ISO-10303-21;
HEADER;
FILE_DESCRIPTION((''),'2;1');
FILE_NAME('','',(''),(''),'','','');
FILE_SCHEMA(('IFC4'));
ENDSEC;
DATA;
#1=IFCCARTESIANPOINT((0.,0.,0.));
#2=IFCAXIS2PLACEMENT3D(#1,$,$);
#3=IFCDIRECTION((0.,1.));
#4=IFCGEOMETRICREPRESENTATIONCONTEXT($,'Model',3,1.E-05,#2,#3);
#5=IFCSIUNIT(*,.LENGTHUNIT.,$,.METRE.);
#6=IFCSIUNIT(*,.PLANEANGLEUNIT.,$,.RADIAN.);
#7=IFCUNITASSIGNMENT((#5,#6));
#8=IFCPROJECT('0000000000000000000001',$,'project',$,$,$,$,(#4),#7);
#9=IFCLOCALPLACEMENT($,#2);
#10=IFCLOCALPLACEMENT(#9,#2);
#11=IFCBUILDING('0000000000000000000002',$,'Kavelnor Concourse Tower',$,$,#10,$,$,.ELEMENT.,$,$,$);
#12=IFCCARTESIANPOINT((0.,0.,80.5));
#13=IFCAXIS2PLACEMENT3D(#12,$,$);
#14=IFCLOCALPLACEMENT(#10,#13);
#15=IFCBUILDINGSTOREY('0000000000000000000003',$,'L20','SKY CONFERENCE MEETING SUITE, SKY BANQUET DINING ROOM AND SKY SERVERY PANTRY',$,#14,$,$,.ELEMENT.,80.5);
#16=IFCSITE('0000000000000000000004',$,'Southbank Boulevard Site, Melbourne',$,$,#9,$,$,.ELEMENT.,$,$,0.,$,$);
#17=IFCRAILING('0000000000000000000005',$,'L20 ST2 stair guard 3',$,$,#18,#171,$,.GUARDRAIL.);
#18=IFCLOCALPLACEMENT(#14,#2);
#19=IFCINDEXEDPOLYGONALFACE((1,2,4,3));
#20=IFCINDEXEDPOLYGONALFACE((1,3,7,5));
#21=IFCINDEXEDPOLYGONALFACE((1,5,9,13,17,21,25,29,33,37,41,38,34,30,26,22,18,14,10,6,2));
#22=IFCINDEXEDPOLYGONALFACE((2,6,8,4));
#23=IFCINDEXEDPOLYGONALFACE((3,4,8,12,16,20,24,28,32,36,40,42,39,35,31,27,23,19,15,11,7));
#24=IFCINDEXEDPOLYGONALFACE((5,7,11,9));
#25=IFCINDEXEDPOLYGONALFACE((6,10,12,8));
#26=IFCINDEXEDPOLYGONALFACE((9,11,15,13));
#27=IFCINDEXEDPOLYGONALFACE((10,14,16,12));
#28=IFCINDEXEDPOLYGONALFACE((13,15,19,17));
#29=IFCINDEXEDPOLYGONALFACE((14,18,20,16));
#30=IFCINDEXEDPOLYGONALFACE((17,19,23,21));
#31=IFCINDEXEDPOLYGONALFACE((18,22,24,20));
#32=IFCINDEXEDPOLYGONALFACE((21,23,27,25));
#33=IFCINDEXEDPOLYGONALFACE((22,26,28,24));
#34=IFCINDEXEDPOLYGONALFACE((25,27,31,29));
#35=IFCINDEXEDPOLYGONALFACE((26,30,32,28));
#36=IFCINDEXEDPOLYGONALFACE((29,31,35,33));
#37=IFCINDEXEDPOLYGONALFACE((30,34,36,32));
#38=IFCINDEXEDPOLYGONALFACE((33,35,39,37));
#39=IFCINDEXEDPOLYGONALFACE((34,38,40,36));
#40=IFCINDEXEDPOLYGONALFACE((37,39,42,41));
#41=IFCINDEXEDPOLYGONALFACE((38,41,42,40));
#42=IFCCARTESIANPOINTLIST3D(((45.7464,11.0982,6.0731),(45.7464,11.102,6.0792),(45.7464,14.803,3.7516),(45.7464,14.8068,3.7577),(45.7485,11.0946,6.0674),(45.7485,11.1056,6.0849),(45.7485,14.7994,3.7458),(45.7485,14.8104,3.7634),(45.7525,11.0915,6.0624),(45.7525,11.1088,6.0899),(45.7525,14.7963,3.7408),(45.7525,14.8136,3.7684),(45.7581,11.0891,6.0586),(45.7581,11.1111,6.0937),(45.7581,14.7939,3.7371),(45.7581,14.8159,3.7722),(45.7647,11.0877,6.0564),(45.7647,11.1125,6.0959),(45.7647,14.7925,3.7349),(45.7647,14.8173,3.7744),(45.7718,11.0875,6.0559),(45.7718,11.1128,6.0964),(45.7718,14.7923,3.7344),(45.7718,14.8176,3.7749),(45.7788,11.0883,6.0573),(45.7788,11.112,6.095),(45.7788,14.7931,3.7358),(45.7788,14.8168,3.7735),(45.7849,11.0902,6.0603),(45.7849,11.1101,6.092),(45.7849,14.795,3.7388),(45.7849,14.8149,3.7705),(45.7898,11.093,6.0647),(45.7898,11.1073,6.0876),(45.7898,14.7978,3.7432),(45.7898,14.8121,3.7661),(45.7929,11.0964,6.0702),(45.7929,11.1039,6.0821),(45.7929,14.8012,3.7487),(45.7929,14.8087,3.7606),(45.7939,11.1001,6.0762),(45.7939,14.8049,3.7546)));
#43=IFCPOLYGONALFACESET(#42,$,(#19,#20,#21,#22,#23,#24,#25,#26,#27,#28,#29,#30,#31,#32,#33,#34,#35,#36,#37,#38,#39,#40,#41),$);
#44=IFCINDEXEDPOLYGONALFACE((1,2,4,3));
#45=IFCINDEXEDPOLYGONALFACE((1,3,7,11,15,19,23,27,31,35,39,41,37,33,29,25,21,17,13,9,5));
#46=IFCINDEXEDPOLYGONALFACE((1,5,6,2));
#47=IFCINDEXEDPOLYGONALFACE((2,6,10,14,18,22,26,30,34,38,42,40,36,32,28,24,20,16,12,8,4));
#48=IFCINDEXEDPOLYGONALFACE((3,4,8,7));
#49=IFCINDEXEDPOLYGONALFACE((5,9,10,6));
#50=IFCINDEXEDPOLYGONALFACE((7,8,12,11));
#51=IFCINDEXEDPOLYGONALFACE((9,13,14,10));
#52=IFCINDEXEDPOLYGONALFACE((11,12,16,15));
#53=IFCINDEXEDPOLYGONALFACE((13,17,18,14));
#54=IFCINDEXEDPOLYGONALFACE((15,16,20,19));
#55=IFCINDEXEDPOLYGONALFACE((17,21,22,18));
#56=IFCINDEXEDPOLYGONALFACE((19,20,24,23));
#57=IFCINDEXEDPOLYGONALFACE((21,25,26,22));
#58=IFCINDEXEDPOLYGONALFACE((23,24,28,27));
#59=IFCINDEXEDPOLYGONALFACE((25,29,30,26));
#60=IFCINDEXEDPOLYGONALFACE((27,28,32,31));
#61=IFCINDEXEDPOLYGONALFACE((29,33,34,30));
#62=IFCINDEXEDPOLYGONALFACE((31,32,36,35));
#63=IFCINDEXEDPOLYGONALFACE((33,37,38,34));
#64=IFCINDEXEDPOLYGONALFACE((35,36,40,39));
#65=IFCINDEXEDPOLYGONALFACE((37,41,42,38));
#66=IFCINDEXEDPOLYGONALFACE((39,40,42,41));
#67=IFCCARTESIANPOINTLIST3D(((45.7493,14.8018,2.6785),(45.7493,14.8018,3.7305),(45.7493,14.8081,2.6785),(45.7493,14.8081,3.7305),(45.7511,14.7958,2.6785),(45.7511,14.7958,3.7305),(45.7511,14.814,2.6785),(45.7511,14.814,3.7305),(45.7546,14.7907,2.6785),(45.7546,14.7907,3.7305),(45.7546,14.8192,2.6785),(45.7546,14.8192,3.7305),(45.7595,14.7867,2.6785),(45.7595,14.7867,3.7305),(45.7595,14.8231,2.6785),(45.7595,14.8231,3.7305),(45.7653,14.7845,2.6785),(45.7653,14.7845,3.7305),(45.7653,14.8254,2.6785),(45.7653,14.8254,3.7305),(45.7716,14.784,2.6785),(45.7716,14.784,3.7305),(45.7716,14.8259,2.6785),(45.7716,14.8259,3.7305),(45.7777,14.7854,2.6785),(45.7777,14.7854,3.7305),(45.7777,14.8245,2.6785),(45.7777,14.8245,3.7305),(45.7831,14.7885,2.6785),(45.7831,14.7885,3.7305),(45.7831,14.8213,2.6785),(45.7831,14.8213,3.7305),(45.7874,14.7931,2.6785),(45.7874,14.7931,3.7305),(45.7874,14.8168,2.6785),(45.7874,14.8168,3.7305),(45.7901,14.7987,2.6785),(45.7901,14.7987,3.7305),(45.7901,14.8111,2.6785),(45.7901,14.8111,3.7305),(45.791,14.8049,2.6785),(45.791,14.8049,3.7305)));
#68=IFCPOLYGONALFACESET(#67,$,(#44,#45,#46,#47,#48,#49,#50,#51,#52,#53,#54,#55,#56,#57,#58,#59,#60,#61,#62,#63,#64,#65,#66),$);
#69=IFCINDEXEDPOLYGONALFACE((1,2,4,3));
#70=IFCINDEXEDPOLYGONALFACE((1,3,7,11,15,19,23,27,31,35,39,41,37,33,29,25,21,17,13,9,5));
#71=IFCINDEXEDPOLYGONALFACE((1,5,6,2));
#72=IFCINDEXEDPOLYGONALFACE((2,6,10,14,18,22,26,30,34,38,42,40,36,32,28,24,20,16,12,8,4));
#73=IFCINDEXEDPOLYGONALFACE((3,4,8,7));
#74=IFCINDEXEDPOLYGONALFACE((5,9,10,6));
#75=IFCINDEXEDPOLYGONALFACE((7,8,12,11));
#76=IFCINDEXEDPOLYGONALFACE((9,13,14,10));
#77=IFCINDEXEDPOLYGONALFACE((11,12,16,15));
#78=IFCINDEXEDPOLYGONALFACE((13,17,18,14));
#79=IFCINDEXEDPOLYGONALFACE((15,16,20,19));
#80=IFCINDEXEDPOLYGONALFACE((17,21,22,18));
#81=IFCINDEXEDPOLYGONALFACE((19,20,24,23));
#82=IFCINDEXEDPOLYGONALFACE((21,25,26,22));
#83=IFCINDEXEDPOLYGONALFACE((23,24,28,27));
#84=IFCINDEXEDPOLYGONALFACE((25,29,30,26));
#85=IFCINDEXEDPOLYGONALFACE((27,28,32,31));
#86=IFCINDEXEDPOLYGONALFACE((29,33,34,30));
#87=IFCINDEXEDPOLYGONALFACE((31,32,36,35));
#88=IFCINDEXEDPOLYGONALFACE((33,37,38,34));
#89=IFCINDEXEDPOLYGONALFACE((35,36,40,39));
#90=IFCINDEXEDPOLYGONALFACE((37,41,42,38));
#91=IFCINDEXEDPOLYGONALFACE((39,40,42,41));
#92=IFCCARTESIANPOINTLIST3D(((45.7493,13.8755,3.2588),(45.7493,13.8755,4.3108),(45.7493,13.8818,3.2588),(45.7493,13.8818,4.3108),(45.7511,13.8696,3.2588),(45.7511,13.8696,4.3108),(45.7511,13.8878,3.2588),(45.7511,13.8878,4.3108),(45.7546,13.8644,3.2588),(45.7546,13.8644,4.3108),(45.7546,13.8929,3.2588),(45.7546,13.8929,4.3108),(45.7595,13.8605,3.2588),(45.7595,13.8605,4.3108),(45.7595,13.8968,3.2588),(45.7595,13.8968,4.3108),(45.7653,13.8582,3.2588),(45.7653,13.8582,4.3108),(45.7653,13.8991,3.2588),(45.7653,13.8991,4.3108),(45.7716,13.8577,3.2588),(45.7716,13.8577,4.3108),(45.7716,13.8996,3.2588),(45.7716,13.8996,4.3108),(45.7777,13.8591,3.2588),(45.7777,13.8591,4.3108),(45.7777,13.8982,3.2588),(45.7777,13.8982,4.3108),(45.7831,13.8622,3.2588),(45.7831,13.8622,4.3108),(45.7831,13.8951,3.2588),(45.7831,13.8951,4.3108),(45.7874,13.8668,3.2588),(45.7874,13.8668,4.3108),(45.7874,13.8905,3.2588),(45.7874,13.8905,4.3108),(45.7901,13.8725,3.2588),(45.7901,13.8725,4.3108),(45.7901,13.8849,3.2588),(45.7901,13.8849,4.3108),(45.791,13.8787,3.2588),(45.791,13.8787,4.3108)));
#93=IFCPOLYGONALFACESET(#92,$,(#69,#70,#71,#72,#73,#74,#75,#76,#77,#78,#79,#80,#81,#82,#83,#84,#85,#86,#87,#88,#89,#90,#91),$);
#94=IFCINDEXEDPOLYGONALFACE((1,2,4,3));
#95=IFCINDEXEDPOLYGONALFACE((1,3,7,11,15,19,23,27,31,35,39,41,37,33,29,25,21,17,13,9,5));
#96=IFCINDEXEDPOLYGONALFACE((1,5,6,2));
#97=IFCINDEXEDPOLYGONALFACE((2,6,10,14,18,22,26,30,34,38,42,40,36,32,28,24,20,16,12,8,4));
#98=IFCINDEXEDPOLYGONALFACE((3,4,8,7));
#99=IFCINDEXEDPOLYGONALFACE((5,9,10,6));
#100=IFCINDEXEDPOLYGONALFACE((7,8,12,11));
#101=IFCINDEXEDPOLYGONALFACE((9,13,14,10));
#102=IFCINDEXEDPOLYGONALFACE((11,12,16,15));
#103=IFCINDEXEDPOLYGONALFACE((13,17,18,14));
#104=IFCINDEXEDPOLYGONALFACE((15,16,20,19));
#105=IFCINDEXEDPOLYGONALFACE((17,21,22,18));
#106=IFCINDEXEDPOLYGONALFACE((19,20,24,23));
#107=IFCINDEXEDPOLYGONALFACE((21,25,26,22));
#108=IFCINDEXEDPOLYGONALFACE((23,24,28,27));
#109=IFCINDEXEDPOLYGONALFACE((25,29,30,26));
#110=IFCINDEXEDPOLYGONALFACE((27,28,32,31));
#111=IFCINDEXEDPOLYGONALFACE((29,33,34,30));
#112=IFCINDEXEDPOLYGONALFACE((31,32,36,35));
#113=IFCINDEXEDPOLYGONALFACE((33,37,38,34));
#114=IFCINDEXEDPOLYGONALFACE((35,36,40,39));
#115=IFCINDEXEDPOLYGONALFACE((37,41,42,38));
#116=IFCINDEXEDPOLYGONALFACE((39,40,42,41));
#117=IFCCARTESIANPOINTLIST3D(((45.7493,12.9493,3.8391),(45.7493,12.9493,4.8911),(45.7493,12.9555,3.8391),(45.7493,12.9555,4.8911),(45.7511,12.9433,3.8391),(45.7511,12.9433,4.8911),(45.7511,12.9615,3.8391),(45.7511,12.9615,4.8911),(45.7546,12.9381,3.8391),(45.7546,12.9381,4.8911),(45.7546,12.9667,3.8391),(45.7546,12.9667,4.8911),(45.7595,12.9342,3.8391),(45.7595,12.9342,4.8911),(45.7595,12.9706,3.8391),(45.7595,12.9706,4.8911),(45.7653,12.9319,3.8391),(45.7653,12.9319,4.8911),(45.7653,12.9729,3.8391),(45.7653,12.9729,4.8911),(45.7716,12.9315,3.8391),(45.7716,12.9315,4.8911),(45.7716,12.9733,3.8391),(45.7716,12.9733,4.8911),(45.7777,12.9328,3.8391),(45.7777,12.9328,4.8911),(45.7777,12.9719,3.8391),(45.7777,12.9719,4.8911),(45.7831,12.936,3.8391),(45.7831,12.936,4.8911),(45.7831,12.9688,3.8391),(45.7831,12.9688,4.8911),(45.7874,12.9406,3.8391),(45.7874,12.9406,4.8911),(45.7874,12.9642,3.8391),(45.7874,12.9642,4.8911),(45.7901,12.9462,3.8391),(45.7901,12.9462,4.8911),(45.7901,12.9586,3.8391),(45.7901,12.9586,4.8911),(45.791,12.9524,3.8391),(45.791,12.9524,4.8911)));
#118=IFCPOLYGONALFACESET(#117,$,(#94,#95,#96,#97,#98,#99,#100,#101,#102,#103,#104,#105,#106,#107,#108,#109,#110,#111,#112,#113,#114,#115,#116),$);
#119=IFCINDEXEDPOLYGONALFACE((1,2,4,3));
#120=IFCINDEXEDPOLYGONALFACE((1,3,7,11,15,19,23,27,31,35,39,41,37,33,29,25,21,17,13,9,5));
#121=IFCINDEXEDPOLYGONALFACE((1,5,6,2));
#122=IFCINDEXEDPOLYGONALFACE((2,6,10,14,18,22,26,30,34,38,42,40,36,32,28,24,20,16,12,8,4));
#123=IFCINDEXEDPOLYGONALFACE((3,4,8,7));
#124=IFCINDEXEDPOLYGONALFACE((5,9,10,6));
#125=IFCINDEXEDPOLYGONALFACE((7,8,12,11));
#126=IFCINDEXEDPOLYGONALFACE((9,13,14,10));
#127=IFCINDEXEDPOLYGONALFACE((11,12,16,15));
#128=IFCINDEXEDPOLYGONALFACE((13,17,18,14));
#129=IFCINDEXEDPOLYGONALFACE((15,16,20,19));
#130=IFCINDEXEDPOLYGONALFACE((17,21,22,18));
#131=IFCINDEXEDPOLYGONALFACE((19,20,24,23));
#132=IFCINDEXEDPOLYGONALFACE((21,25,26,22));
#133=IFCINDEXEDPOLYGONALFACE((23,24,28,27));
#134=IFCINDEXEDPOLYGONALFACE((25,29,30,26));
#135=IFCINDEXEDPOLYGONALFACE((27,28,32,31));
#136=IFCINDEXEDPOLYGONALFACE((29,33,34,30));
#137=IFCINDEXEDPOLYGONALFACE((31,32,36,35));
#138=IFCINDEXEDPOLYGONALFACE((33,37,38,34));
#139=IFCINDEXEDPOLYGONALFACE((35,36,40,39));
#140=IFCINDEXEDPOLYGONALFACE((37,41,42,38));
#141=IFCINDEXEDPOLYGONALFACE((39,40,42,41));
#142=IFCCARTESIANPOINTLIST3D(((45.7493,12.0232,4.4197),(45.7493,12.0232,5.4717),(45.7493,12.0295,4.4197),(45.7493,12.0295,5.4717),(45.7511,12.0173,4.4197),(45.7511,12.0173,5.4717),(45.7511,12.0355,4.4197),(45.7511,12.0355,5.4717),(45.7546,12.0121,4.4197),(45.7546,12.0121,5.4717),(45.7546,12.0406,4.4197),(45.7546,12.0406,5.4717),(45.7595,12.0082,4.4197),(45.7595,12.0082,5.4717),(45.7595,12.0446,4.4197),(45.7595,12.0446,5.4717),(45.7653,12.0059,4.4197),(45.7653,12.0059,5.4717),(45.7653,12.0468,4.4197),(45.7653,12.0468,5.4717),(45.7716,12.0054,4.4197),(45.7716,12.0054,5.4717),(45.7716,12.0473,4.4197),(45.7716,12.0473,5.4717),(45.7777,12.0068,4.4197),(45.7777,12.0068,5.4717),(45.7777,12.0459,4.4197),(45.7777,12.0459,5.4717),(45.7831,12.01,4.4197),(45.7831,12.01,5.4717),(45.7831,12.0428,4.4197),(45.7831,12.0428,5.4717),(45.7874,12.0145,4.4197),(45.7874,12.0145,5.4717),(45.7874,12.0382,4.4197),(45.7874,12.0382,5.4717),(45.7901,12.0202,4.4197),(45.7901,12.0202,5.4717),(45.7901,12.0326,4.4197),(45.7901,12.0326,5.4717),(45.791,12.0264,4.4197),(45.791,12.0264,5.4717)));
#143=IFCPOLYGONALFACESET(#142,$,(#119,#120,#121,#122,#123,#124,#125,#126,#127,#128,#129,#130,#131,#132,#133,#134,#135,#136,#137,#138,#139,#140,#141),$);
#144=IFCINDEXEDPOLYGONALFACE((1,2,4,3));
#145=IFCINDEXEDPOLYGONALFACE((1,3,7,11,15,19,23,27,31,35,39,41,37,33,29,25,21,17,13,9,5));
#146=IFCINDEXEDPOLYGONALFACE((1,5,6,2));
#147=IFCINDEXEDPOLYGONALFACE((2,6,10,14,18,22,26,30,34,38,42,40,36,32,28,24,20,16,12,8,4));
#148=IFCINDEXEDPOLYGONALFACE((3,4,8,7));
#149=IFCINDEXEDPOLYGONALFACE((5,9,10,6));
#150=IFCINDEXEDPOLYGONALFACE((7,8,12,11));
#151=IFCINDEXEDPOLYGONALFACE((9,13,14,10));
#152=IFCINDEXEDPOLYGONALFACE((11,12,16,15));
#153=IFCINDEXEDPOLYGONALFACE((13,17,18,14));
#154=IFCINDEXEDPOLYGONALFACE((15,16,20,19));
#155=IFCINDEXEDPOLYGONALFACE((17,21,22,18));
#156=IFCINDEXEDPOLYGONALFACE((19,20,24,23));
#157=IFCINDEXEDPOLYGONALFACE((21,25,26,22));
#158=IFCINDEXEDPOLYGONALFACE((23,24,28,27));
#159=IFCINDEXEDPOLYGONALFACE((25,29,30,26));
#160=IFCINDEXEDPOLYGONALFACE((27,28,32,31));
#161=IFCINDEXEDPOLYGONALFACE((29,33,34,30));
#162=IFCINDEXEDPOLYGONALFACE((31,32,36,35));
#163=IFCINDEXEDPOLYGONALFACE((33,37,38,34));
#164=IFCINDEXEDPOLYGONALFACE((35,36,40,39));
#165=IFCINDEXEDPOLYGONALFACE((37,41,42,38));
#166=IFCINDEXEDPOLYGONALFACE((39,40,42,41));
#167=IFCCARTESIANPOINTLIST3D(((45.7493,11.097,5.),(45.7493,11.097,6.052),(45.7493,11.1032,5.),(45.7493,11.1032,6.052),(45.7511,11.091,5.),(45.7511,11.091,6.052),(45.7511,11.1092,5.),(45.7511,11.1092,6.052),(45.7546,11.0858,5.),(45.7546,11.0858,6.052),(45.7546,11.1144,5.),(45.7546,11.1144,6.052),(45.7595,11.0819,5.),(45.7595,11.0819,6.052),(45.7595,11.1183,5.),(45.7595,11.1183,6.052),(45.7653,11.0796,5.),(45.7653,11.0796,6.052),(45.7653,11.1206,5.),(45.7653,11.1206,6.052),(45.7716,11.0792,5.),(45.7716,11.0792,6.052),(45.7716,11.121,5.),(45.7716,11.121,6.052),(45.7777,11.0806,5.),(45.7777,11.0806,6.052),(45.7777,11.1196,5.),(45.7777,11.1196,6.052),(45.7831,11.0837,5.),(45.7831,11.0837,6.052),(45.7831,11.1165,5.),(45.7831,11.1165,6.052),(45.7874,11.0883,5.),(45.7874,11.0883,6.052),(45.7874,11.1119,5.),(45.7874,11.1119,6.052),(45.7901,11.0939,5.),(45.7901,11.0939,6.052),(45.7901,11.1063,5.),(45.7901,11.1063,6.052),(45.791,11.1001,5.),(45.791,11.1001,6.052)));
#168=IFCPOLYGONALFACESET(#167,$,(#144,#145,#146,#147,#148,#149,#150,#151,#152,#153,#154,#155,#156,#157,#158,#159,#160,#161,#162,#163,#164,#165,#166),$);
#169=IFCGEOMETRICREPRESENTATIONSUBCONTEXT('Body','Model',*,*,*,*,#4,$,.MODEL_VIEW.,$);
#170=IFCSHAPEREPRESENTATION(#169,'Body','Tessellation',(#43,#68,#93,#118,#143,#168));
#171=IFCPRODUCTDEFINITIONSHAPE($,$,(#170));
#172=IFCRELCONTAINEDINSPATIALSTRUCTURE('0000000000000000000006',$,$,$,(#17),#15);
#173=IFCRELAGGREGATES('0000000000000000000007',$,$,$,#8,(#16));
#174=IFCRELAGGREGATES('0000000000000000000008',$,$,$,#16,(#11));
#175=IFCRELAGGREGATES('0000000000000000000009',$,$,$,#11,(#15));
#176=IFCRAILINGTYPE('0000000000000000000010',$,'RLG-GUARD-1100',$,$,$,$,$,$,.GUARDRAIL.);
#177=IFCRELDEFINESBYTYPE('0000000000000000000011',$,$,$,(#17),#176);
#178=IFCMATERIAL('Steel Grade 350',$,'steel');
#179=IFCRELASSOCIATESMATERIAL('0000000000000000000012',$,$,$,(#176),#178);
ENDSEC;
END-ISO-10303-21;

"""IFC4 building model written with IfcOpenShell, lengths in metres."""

from ifc_helpers import new_model, si_unit, direction, frame, origin, origin_2d, place, context, subcontext, project, spatial, circle, extrude, material, type_object, element, save


model = new_model("IFC4")

# Units and contexts
model_context = context("Model", 3, precision=1e-05, world=origin(), true_north=direction((0.0, 1.0)))
body_context = subcontext(model_context, "Body", "Model", "MODEL_VIEW")
ifc_project = project(units=[si_unit("LENGTHUNIT", "METRE"), si_unit("PLANEANGLEUNIT", "RADIAN")], contexts=[model_context])

# Site, building, storey
site_placement = place(None, origin())
site = spatial("IfcSite", under=ifc_project, at=site_placement, Name="Southbank Boulevard Site, Melbourne", CompositionType="ELEMENT", RefElevation=0.0)
building_placement = place(site_placement, origin())
building = spatial("IfcBuilding", under=site, at=building_placement, Name="Kavelnor Concourse Tower", CompositionType="ELEMENT")
storey_placement = place(building_placement, frame((0.0, 0.0, 80.5)))
storey = spatial("IfcBuildingStorey", under=building, at=storey_placement, Name="L20", Description="SKY CONFERENCE MEETING SUITE, SKY BANQUET DINING ROOM AND SKY SERVERY PANTRY", CompositionType="ELEMENT", Elevation=80.5)

# Shared definitions
ifc_material_1 = material(Name="Steel Grade 350", Category="steel")

# Railing
railing_type_1 = type_object("IfcRailingType", Name="RLG-GUARD-1100", PredefinedType="GUARDRAIL", material=ifc_material_1)
railing_1_placement = place(storey_placement, frame((45.77, 14.8049, 2.6785)))
element("IfcRailing", 1, at=railing_1_placement, inside=storey, type_object=railing_type_1, Name="L20 ST2 stair guard 3", PredefinedType="GUARDRAIL", context=body_context, shape_type="SweptSolid", body=[
    extrude(circle(Radius=0.0239, at=origin_2d()), frame((0.0, 0.0, 1.0762), z_axis=(0.0, -0.84738, 0.530987), x_axis=(1.0, 0.0, 0.0)), (0.0, 0.0, 1.0), 4.3721),
    extrude(circle(Radius=0.021, at=origin_2d()), origin(), (0.0, 0.0, 1.0), 1.052),
    extrude(circle(Radius=0.021, at=origin_2d()), frame((0.0, -0.9263, 0.5803)), (0.0, 0.0, 1.0), 1.052),
    extrude(circle(Radius=0.021, at=origin_2d()), frame((0.0, -1.8525, 1.1606)), (0.0, 0.0, 1.0), 1.052),
    extrude(circle(Radius=0.021, at=origin_2d()), frame((0.0, -2.7786, 1.7412)), (0.0, 0.0, 1.0), 1.052),
    extrude(circle(Radius=0.021, at=origin_2d()), frame((0.0, -3.7048, 2.3215)), (0.0, 0.0, 1.0), 1.052),
])

save(model, "model.ifc")
